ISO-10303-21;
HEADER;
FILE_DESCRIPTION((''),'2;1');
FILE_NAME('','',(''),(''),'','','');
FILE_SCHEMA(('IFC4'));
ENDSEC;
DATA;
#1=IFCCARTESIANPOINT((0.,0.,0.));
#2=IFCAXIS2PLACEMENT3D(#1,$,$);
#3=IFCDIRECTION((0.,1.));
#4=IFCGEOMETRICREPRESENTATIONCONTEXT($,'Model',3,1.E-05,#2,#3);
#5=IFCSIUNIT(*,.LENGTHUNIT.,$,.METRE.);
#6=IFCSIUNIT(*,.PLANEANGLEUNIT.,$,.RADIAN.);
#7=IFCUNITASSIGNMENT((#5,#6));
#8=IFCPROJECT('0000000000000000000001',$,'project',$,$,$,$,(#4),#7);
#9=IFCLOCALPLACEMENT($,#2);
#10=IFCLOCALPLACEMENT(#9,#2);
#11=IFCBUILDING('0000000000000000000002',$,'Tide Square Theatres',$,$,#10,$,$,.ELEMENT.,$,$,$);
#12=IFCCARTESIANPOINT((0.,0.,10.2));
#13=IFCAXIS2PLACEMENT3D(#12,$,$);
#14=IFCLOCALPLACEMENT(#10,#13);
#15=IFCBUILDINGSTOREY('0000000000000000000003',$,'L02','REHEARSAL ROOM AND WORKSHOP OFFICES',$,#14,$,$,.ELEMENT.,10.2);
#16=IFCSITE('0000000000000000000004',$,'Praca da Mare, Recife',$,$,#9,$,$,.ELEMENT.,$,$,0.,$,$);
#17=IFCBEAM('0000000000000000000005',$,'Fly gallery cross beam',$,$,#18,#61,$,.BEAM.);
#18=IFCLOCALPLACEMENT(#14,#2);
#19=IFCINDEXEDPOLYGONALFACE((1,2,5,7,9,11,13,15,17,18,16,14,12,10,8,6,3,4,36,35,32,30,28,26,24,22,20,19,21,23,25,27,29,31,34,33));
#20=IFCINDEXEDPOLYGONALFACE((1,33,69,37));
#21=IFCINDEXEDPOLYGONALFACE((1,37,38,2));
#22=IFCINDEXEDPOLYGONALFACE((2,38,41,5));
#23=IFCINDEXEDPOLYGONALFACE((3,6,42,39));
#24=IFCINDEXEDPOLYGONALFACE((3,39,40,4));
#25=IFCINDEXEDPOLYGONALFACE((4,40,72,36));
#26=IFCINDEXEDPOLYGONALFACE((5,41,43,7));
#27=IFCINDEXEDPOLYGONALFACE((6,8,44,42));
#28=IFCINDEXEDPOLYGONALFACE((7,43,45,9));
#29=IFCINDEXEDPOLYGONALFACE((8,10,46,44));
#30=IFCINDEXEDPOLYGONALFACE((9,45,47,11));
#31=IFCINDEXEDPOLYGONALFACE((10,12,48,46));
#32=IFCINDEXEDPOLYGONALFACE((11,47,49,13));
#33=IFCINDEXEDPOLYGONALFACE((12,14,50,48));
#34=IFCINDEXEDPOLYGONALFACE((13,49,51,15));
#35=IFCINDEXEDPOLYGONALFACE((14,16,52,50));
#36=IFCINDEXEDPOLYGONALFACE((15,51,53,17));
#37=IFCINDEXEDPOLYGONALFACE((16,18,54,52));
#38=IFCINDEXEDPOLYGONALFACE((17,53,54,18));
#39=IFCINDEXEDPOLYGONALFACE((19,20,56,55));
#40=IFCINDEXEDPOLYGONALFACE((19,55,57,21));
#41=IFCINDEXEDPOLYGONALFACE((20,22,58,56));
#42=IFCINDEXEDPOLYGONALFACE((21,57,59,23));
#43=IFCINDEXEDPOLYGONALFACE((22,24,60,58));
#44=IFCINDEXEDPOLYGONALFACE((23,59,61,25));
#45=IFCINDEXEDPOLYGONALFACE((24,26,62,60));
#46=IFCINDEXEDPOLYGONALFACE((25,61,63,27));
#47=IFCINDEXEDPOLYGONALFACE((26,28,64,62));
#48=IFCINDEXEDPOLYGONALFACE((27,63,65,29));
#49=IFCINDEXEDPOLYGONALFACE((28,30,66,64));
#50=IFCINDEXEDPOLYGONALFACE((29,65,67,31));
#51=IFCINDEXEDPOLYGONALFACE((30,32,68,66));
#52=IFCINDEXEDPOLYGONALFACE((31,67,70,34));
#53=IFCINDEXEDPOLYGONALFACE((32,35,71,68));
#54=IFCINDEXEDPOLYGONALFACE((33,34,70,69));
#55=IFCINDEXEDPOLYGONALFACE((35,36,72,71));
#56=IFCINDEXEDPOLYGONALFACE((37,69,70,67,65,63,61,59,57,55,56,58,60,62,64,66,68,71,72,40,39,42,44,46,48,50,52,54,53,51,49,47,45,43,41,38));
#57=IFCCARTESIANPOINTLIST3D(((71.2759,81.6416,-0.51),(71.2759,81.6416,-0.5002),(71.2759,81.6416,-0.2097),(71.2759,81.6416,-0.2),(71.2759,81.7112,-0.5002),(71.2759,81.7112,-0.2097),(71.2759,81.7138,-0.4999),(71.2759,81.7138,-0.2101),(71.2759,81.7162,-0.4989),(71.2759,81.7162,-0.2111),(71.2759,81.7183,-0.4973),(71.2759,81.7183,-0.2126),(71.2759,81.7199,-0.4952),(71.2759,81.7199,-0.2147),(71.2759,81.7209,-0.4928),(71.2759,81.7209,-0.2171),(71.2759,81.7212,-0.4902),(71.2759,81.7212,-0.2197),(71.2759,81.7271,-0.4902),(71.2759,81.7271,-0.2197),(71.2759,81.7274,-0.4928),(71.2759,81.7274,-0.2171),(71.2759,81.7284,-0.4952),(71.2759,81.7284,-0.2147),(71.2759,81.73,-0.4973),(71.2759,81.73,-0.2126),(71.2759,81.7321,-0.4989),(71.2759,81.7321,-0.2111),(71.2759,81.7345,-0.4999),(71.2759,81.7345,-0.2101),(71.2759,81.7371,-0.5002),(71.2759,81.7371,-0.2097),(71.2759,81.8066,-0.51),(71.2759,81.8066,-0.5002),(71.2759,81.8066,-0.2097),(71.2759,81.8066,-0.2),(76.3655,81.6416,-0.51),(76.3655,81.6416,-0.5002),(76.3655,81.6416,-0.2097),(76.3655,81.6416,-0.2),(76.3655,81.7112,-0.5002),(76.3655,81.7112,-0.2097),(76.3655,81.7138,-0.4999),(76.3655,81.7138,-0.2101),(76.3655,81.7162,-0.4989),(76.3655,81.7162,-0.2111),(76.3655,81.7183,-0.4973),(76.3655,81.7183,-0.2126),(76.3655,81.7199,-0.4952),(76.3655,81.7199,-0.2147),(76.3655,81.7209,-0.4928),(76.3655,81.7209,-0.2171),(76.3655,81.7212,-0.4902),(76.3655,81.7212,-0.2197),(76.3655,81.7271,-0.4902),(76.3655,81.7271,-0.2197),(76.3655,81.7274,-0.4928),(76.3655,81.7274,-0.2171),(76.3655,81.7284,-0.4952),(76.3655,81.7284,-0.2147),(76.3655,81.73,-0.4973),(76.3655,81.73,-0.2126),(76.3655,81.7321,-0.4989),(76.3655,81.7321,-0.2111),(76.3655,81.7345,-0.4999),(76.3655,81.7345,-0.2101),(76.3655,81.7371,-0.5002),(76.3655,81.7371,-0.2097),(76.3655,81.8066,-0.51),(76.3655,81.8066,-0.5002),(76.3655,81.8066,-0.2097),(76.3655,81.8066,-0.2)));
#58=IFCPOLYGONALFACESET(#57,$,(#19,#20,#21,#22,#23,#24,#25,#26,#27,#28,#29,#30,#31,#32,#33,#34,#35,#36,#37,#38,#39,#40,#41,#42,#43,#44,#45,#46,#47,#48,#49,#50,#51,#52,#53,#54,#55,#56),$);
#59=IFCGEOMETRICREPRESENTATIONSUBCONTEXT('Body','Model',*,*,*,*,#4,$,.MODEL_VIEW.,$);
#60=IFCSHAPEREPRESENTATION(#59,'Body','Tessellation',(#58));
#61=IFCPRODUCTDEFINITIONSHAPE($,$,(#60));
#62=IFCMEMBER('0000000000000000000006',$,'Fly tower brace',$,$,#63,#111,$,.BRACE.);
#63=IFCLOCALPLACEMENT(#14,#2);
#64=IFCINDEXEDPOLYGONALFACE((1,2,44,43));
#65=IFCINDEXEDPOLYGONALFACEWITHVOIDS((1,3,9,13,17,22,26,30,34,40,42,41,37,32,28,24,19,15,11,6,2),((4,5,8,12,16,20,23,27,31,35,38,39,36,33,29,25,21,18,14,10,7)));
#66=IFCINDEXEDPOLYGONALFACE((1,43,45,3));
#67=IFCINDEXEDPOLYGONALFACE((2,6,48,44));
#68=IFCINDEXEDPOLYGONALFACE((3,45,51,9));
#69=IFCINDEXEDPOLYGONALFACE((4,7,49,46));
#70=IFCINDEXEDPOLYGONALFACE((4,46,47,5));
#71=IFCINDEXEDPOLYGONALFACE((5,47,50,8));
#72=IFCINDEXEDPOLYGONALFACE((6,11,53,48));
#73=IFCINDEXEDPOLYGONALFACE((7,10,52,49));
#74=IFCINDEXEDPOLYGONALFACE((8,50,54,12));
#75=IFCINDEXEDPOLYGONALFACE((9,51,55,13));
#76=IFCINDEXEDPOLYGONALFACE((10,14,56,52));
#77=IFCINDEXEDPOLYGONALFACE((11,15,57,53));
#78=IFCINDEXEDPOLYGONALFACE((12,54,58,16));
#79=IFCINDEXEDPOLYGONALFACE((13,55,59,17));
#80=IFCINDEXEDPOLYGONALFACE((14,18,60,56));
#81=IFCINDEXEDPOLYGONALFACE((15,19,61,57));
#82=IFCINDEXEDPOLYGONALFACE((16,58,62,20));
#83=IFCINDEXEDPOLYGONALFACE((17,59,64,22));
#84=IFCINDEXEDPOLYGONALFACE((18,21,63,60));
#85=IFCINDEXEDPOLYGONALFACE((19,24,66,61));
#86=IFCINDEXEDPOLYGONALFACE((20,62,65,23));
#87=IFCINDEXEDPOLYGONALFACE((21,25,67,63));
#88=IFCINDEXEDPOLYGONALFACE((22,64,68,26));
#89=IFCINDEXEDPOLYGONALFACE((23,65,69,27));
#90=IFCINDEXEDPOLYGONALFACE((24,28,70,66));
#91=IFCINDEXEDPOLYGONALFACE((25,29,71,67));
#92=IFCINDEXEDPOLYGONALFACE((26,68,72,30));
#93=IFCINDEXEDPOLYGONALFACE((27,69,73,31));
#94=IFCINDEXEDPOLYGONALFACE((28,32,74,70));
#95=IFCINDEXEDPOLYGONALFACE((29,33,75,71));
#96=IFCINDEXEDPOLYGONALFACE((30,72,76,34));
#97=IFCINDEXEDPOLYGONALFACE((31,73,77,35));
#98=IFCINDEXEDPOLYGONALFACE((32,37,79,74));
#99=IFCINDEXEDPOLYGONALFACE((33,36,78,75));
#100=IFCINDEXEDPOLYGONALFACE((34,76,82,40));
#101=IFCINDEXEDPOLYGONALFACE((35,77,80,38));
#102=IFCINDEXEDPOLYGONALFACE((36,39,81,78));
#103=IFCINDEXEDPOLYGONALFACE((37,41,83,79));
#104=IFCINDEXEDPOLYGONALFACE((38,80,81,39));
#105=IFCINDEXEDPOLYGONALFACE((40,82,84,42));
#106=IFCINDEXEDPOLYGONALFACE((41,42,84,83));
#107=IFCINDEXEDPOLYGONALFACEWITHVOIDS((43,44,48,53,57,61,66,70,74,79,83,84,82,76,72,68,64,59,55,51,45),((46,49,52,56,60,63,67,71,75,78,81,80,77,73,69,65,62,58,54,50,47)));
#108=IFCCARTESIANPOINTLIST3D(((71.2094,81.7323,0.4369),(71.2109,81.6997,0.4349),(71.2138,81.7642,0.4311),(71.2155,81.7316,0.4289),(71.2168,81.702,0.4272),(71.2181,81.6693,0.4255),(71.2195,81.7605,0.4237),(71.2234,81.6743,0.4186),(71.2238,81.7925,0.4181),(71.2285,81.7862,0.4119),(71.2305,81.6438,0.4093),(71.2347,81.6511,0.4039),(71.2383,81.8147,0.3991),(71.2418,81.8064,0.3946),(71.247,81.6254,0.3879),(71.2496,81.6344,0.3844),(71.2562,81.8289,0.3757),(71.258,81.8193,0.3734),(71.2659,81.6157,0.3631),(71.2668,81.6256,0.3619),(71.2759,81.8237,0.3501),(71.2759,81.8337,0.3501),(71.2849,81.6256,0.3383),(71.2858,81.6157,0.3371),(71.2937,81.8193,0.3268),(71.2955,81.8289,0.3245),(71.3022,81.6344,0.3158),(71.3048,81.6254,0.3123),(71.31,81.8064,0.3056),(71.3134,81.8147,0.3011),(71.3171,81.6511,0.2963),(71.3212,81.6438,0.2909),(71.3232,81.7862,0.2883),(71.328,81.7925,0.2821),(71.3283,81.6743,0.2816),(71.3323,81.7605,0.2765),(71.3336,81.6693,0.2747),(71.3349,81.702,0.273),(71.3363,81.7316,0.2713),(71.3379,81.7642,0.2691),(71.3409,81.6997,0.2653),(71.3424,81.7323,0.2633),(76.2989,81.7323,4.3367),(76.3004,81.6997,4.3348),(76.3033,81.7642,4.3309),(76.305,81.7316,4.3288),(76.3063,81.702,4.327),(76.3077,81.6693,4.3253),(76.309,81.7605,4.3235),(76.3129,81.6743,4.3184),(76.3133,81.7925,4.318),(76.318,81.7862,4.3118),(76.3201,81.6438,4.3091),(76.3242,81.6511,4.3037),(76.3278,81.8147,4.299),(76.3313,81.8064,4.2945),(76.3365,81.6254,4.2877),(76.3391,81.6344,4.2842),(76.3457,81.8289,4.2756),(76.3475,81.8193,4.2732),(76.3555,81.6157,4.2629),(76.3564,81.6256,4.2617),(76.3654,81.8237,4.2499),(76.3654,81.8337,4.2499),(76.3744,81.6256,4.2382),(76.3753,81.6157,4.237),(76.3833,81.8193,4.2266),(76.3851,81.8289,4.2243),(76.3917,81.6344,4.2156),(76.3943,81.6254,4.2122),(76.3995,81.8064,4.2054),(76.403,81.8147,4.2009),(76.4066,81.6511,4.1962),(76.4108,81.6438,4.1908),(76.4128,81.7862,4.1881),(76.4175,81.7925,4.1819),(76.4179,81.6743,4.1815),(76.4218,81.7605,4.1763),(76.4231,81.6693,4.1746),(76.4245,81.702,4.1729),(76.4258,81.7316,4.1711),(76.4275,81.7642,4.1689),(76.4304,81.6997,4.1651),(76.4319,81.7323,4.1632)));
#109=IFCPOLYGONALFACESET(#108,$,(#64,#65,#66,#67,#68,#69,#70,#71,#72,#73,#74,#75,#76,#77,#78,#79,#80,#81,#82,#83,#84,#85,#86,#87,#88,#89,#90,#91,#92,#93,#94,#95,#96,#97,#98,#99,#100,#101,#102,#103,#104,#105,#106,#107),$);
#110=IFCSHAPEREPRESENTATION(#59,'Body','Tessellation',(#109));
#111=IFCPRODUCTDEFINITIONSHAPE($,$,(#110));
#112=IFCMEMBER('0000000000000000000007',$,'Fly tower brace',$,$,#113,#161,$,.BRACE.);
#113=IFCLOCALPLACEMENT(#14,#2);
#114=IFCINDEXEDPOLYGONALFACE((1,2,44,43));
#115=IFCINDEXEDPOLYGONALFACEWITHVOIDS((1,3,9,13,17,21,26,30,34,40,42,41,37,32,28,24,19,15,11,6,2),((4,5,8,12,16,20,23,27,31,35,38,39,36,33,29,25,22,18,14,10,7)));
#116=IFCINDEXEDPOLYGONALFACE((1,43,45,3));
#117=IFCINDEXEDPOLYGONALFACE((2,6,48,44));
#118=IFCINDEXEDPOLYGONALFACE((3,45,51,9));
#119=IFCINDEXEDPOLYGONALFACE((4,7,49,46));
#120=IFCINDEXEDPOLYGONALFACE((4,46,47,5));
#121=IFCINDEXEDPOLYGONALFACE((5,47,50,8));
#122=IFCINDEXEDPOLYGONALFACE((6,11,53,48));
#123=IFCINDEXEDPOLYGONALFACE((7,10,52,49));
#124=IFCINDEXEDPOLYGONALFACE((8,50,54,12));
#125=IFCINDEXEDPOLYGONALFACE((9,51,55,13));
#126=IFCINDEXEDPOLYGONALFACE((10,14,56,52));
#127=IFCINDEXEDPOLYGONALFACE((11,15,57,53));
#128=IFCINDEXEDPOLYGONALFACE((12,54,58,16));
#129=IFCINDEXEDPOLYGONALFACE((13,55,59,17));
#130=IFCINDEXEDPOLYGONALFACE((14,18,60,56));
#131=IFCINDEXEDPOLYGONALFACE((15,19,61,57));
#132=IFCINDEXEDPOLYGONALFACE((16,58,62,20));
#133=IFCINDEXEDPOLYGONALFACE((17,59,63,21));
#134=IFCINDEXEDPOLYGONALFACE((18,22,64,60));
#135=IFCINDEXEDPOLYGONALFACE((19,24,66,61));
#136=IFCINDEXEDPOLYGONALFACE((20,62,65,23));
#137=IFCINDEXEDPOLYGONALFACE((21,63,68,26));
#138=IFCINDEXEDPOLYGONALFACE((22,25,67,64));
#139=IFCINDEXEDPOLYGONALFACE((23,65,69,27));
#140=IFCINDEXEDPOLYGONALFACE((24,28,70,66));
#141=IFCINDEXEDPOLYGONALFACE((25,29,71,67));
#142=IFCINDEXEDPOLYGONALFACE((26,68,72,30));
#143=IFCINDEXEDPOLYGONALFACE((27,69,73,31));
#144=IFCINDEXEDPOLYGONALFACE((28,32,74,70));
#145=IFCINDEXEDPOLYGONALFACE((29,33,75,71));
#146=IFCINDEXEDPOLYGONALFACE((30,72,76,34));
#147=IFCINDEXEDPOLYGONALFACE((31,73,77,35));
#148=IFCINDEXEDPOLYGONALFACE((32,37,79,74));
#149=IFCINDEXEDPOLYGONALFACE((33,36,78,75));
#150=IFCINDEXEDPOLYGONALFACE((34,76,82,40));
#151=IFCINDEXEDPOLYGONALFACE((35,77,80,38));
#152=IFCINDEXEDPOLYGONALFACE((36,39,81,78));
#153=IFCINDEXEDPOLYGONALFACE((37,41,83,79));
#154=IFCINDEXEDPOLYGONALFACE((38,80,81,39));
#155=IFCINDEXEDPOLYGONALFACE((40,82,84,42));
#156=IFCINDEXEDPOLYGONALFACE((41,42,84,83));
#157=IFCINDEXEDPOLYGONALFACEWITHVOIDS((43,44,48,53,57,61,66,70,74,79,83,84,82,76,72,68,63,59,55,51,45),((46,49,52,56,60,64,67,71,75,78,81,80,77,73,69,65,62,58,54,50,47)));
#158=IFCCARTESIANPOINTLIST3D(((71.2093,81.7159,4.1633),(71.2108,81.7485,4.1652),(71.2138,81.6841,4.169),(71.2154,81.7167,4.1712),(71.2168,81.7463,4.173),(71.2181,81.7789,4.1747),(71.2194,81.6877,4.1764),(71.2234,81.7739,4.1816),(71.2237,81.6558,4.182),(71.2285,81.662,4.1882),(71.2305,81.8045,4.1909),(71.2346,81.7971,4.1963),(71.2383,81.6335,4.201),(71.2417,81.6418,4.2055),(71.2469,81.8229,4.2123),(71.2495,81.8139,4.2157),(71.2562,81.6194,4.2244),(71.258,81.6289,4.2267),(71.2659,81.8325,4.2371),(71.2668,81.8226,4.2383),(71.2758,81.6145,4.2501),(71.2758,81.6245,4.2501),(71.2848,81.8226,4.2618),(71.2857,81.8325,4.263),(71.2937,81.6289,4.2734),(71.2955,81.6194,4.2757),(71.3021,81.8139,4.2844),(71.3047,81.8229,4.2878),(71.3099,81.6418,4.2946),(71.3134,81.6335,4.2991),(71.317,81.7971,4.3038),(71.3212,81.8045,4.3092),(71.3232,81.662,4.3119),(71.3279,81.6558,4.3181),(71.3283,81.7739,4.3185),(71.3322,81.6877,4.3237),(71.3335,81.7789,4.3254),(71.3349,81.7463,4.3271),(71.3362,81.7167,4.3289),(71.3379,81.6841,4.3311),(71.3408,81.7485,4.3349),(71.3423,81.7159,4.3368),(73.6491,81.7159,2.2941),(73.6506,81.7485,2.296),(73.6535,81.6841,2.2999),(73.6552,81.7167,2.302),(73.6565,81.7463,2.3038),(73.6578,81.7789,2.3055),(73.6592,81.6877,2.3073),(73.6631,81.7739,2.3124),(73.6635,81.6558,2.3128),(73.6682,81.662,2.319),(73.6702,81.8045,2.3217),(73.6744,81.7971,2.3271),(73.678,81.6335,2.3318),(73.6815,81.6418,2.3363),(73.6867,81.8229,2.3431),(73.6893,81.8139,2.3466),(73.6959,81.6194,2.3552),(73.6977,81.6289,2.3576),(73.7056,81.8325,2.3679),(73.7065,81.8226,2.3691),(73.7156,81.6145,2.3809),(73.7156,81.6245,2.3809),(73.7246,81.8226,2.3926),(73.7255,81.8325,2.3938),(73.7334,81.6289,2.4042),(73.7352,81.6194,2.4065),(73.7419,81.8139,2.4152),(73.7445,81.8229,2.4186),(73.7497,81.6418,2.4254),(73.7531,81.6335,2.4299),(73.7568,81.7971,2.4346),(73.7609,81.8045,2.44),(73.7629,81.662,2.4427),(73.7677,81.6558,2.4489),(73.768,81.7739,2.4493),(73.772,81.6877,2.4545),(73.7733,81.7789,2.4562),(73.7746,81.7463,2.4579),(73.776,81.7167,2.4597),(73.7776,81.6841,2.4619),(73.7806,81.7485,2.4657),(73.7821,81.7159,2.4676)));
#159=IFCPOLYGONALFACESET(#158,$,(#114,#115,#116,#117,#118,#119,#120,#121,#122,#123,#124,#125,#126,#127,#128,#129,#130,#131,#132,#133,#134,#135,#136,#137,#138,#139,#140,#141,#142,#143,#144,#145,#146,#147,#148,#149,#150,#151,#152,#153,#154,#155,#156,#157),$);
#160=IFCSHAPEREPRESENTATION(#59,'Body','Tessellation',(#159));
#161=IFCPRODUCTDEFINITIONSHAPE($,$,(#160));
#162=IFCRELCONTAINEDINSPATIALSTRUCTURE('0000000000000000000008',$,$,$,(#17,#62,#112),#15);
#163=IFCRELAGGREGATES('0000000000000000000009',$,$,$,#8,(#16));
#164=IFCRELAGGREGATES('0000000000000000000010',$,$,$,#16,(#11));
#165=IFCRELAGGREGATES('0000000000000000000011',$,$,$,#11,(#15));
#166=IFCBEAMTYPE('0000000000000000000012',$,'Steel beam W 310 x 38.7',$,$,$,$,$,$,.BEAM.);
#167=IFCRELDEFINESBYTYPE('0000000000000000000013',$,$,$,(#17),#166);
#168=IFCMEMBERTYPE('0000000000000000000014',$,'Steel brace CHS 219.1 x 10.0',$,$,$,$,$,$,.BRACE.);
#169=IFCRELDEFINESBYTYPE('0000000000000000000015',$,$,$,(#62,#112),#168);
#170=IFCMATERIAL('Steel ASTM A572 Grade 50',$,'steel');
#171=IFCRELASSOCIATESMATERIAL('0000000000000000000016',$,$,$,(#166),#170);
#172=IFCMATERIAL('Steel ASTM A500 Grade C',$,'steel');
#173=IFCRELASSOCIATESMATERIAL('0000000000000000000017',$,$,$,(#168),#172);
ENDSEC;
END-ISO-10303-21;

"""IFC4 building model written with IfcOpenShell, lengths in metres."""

from ifc_helpers import new_model, si_unit, direction, frame, origin, origin_2d, place, context, subcontext, project, spatial, hollow_circle, i_section, extrude, material, material_profile, profile_set, type_object, element, save


model = new_model("IFC4")

# Units and contexts
model_context = context("Model", 3, precision=1e-05, world=origin(), true_north=direction((0.0, 1.0)))
body_context = subcontext(model_context, "Body", "Model", "MODEL_VIEW")
ifc_project = project(units=[si_unit("LENGTHUNIT", "METRE"), si_unit("PLANEANGLEUNIT", "RADIAN")], contexts=[model_context])

# Site, building, storey
site_placement = place(None, origin())
site = spatial("IfcSite", under=ifc_project, at=site_placement, Name="Praca da Mare, Recife", CompositionType="ELEMENT", RefElevation=0.0)
building_placement = place(site_placement, origin())
building = spatial("IfcBuilding", under=site, at=building_placement, Name="Tide Square Theatres", CompositionType="ELEMENT")
storey_placement = place(building_placement, frame((0.0, 0.0, 10.2)))
storey = spatial("IfcBuildingStorey", under=building, at=storey_placement, Name="L02", Description="REHEARSAL ROOM AND WORKSHOP OFFICES", CompositionType="ELEMENT", Elevation=10.2)

# Beam
ifc_material_1 = material(Name="Steel ASTM A572 Grade 50", Category="steel")
ifc_material_profile_1 = material_profile(ifc_material_1, i_section(OverallWidth=0.165, OverallDepth=0.3101, WebThickness=0.0059, FlangeThickness=0.0098, FilletRadius=0.01, at=origin_2d()))
ifc_profile_set_1 = profile_set([ifc_material_profile_1], Name="Steel ASTM A572 Grade 50")
beam_type_1 = type_object("IfcBeamType", Name="Steel beam W 310 x 38.7", PredefinedType="BEAM", material=ifc_profile_set_1)
beam_1_placement = place(storey_placement, frame((71.2759, 81.7241, -0.355), z_axis=(1.0, 0.0, 0.0), x_axis=(0.0, 1.0, 0.0)))
element("IfcBeam", 1, at=beam_1_placement, inside=storey, type_object=beam_type_1, Name="Fly gallery cross beam", PredefinedType="BEAM", context=body_context, shape_type="SweptSolid", body=[
    extrude(i_section(OverallWidth=0.165, OverallDepth=0.3101, WebThickness=0.0059, FlangeThickness=0.0098, FilletRadius=0.01, at=origin_2d()), origin(), (0.0, 0.0, 1.0), 5.0896),
])

# Members
ifc_material_2 = material(Name="Steel ASTM A500 Grade C", Category="steel")
ifc_material_profile_2 = material_profile(ifc_material_2, hollow_circle(Radius=0.1096, WallThickness=0.01, at=origin_2d()))
ifc_profile_set_2 = profile_set([ifc_material_profile_2], Name="Steel ASTM A500 Grade C")
member_type = type_object("IfcMemberType", Name="Steel brace CHS 219.1 x 10.0", PredefinedType="BRACE", material=ifc_profile_set_2)
member_1_placement = place(storey_placement, frame((71.2759, 81.7241, 0.3501), z_axis=(0.793766, 0.0, 0.608223), x_axis=(0.0, 1.0, 0.0)))
element("IfcMember", 2, at=member_1_placement, inside=storey, type_object=member_type, Name="Fly tower brace", PredefinedType="BRACE", context=body_context, shape_type="SweptSolid", body=[
    extrude(hollow_circle(Radius=0.1096, WallThickness=0.01, at=origin_2d()), origin(), (0.0, 0.0, 1.0), 6.4119),
])
member_2_placement = place(storey_placement, frame((73.7156, 81.7241, 2.3809), z_axis=(-0.79381, 0.0, 0.608166), x_axis=(0.0, -1.0, 0.0)))
element("IfcMember", 3, at=member_2_placement, inside=storey, type_object=member_type, Name="Fly tower brace", PredefinedType="BRACE", context=body_context, shape_type="SweptSolid", body=[
    extrude(hollow_circle(Radius=0.1096, WallThickness=0.01, at=origin_2d()), origin(), (0.0, 0.0, 1.0), 3.0735),
])

save(model, "model.ifc")
